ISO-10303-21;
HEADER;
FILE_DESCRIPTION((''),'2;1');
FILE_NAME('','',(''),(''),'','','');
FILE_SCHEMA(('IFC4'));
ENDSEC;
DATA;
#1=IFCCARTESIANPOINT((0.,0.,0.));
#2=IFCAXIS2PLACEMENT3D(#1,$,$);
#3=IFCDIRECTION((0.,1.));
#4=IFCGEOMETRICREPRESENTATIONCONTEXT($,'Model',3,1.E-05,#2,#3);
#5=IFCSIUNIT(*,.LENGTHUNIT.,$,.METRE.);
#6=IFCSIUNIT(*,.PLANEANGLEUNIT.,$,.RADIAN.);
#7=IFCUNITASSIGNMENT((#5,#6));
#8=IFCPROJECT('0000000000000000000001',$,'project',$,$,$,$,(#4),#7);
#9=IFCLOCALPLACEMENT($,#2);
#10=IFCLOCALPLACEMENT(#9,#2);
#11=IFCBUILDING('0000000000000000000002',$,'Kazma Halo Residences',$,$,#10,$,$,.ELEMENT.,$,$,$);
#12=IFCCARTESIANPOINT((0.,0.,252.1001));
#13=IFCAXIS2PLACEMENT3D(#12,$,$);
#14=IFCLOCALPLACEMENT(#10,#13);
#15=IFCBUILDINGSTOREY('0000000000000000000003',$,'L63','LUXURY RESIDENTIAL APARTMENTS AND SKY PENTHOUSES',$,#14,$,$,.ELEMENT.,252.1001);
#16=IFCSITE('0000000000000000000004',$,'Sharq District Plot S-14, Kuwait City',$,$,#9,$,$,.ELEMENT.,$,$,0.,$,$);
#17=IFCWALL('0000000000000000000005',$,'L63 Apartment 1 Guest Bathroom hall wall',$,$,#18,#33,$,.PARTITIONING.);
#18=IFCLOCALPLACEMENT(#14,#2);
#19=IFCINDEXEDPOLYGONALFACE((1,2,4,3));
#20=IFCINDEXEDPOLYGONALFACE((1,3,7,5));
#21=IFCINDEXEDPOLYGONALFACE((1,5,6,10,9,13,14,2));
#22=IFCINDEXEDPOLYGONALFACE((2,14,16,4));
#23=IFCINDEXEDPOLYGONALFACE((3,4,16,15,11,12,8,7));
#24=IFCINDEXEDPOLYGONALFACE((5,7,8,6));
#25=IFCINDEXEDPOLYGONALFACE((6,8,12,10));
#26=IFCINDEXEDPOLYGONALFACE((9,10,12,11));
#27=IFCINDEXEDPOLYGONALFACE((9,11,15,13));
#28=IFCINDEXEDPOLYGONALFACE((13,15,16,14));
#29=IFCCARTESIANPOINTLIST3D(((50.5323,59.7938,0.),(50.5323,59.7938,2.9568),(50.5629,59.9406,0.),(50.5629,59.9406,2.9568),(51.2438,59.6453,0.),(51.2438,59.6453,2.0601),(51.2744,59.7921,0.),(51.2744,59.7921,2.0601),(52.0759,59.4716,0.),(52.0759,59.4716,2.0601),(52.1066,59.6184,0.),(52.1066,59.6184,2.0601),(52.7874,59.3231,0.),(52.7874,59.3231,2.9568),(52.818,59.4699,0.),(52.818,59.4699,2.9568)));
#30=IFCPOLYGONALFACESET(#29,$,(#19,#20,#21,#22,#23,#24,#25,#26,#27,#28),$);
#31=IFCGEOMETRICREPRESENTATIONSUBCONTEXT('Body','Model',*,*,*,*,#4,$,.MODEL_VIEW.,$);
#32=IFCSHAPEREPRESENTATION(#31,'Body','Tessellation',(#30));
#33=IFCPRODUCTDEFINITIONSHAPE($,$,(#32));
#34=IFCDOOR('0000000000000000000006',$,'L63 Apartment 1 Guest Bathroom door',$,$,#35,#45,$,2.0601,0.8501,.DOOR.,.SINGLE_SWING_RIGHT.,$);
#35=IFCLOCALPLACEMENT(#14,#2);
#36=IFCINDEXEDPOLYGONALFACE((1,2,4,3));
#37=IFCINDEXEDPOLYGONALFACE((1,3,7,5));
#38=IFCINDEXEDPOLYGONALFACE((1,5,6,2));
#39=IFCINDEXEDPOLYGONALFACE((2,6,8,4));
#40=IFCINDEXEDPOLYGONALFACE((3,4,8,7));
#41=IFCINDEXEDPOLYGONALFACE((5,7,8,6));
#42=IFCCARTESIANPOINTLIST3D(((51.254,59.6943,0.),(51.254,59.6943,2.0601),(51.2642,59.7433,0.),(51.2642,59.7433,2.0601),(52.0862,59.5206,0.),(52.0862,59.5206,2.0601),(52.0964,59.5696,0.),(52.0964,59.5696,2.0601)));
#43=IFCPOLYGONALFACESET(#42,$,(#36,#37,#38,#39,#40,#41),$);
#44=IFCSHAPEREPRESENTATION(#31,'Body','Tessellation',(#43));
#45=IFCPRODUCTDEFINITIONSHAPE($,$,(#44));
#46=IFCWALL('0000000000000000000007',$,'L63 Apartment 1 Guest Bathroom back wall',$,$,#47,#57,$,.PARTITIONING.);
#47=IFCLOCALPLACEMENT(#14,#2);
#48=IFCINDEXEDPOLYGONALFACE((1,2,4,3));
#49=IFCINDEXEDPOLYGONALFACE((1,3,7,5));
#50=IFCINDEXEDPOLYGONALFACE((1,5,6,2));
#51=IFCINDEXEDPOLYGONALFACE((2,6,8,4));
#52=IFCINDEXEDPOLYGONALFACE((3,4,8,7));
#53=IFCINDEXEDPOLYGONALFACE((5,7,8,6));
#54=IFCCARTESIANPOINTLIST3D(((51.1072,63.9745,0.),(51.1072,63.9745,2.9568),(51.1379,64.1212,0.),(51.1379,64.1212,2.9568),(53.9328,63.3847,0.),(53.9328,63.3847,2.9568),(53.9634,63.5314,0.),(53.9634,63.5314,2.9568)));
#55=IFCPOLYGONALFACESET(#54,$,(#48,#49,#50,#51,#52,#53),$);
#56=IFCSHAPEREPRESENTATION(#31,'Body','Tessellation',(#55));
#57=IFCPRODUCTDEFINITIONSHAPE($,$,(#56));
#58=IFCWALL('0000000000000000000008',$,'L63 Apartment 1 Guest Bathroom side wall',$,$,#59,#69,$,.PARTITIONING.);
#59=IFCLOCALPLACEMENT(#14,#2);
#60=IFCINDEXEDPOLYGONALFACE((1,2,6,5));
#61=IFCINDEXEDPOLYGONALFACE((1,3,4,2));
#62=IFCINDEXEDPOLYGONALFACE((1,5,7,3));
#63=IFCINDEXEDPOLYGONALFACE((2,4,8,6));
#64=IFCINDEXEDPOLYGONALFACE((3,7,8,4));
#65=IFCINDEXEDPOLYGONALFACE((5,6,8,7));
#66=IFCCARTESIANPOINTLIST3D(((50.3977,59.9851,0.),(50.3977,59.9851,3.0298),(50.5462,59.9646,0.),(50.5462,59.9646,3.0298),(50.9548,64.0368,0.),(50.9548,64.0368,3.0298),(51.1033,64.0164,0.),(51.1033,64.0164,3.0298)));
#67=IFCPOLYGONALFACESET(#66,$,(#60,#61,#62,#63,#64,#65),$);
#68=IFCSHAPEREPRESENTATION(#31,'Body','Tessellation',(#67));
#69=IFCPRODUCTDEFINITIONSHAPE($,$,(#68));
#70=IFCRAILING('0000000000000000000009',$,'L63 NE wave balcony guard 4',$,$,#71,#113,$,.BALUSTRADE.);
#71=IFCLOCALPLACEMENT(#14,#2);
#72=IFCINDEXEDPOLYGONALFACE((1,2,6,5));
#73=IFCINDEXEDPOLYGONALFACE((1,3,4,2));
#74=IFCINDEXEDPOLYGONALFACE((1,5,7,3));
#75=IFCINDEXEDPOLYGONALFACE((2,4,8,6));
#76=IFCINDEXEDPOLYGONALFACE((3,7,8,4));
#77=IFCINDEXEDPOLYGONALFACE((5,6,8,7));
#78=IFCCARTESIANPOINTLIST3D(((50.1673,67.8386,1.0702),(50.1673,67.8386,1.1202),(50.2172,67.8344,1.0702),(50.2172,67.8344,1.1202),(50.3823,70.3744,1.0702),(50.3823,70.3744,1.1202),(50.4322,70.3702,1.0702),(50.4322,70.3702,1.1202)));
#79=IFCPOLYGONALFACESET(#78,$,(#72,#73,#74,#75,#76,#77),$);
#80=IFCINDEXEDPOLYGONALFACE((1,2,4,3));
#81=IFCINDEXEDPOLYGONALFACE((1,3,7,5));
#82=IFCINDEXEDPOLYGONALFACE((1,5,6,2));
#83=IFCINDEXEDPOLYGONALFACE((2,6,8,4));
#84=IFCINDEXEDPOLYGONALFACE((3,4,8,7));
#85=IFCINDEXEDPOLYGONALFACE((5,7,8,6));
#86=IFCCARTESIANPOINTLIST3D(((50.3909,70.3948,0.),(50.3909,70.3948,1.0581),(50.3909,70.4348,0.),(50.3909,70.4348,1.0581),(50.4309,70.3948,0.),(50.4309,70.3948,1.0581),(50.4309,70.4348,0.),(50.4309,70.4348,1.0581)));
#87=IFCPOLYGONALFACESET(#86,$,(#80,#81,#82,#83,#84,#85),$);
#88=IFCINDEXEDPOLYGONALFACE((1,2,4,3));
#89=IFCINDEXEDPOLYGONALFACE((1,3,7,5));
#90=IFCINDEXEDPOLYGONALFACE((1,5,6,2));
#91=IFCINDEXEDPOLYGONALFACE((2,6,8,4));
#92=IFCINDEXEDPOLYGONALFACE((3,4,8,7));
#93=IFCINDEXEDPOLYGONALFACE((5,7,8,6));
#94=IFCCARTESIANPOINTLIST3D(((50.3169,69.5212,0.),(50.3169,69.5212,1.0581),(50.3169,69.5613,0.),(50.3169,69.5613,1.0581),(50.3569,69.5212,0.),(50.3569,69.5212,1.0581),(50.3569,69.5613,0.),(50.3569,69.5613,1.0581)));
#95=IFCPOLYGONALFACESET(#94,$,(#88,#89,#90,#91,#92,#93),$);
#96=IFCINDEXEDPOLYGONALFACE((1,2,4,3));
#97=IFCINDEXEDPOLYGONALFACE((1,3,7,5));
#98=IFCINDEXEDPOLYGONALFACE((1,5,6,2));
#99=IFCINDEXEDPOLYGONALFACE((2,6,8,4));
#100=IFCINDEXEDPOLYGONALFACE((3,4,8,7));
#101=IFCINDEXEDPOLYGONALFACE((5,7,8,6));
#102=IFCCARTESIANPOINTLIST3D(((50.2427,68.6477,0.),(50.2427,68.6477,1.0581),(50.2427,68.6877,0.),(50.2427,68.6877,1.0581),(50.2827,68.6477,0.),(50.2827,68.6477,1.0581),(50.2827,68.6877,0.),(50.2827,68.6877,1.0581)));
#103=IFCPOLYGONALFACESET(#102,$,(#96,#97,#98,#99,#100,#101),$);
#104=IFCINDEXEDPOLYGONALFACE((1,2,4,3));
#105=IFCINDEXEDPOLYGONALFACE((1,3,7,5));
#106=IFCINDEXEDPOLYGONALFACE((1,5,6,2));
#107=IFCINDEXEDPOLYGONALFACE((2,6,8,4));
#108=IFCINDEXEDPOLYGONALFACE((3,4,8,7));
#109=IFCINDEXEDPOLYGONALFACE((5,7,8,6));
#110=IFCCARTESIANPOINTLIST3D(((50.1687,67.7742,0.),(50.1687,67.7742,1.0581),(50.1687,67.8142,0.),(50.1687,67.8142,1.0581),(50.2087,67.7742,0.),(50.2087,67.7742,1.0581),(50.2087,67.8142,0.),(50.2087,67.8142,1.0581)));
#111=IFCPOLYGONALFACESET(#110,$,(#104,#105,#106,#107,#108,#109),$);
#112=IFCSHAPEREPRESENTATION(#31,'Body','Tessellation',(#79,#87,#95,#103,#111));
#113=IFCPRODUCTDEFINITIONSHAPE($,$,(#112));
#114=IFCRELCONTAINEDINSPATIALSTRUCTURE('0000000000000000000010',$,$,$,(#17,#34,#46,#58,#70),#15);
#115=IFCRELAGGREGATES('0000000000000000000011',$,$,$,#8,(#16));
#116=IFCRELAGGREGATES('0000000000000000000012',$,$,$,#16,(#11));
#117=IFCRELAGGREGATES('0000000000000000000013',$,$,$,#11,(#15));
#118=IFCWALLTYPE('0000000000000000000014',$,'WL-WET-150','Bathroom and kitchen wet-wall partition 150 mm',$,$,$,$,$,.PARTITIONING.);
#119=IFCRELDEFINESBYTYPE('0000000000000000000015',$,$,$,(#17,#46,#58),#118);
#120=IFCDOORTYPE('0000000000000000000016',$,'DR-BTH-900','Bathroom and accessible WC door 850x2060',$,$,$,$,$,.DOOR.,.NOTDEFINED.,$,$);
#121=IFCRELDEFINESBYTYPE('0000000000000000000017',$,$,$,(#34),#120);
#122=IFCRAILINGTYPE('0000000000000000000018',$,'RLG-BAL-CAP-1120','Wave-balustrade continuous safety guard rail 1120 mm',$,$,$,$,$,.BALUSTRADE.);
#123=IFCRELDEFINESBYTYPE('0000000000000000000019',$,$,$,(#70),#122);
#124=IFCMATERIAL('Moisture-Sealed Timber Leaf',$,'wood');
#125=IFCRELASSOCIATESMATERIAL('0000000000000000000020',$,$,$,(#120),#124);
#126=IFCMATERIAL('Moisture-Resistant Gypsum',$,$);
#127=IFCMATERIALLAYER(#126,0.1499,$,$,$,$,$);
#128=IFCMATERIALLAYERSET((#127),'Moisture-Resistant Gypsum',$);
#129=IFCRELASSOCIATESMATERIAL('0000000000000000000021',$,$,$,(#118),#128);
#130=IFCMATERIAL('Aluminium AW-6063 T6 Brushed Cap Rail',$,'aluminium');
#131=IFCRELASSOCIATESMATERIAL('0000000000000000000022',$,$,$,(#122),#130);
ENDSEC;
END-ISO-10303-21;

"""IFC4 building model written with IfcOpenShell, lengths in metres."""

from ifc_helpers import new_model, si_unit, direction, frame, frame_2d, origin, origin_2d, place, context, subcontext, project, spatial, rectangle, extrude, material, layer, layer_set, type_object, element, fill, save


model = new_model("IFC4")

# Units and contexts
model_context = context("Model", 3, precision=1e-05, world=origin(), true_north=direction((0.0, 1.0)))
body_context = subcontext(model_context, "Body", "Model", "MODEL_VIEW")
ifc_project = project(units=[si_unit("LENGTHUNIT", "METRE"), si_unit("PLANEANGLEUNIT", "RADIAN")], contexts=[model_context])

# Site, building, storey
site_placement = place(None, origin())
site = spatial("IfcSite", under=ifc_project, at=site_placement, Name="Sharq District Plot S-14, Kuwait City", CompositionType="ELEMENT", RefElevation=0.0)
building_placement = place(site_placement, origin())
building = spatial("IfcBuilding", under=site, at=building_placement, Name="Kazma Halo Residences", CompositionType="ELEMENT")
storey_placement = place(building_placement, frame((0.0, 0.0, 252.1001)))
storey = spatial("IfcBuildingStorey", under=building, at=storey_placement, Name="L63", Description="LUXURY RESIDENTIAL APARTMENTS AND SKY PENTHOUSES", CompositionType="ELEMENT", Elevation=252.1001)

# Shared definitions
ifc_material_1 = material(Name="Moisture-Sealed Timber Leaf", Category="wood")
door_type = type_object("IfcDoorType", Name="DR-BTH-900", Description="Bathroom and accessible WC door 850x2060", OperationType="NOTDEFINED", PredefinedType="DOOR", material=ifc_material_1)

# Wall, opening, door
ifc_material_2 = material(Name="Moisture-Resistant Gypsum")
ifc_layer_1 = layer(ifc_material_2, 0.1499)
ifc_layer_set_1 = layer_set([ifc_layer_1], Name="Moisture-Resistant Gypsum")
wall_type_1 = type_object("IfcWallType", Name="WL-WET-150", Description="Bathroom and kitchen wet-wall partition 150 mm", PredefinedType="PARTITIONING", material=ifc_layer_set_1)
wall_1_placement = place(storey_placement, frame((52.8027, 59.3965, 0.0), z_axis=(0.0, 0.0, 1.0), x_axis=(-0.978904, 0.204322, 0.0)))
wall_1 = element("IfcWall", 1, at=wall_1_placement, inside=storey, type_object=wall_type_1, Name="L63 Apartment 1 Guest Bathroom hall wall", PredefinedType="PARTITIONING", context=body_context, shape_type="SweptSolid", body=[
    extrude(rectangle(XDim=2.3037, YDim=0.1499, at=frame_2d((1.1519, 0.0))), origin(), (0.0, 0.0, 1.0), 2.9568),
])
opening_1_placement = place(wall_1_placement, frame((0.7268, 0.0, 0.0)))
opening_1 = element("IfcOpeningElement", 2, at=opening_1_placement, cuts=wall_1, PredefinedType="OPENING", context=body_context, shape_type="SweptSolid", body=[
    extrude(rectangle(XDim=0.8501, YDim=2.0601, at=frame_2d((0.425, 1.03))), frame((0.0, 0.085, 0.0), z_axis=(0.0, -1.0, 0.0), x_axis=(1.0, 0.0, 0.0)), (0.0, 0.0, 1.0), 0.1699),
])
door_1_placement = place(opening_1_placement, origin())
door_1 = element("IfcDoor", 3, at=door_1_placement, inside=storey, type_object=door_type, Name="L63 Apartment 1 Guest Bathroom door", OperationType="SINGLE_SWING_RIGHT", OverallHeight=2.0601, OverallWidth=0.8501, PredefinedType="DOOR", context=body_context, shape_type="SweptSolid", body=[
    extrude(rectangle(XDim=0.8501, YDim=2.0601, at=frame_2d((0.425, 1.03))), frame((0.0, 0.0249, 0.0), z_axis=(0.0, -1.0, 0.0), x_axis=(1.0, 0.0, 0.0)), (0.0, 0.0, 1.0), 0.05),
])
fill(opening_1, door_1)

# Walls
wall_2_placement = place(storey_placement, frame((53.9482, 63.458, 0.0), z_axis=(0.0, 0.0, 1.0), x_axis=(-0.9789, 0.204339, 0.0)))
element("IfcWall", 4, at=wall_2_placement, inside=storey, type_object=wall_type_1, Name="L63 Apartment 1 Guest Bathroom back wall", PredefinedType="PARTITIONING", context=body_context, shape_type="SweptSolid", body=[
    extrude(rectangle(XDim=2.8865, YDim=0.1499, at=frame_2d((1.4434, 0.0))), origin(), (0.0, 0.0, 1.0), 2.9568),
])
wall_3_placement = place(storey_placement, frame((50.4719, 59.9749, 0.0), z_axis=(0.0, 0.0, 1.0), x_axis=(0.136221, 0.990678, 0.0)))
element("IfcWall", 5, at=wall_3_placement, inside=storey, type_object=wall_type_1, Name="L63 Apartment 1 Guest Bathroom side wall", PredefinedType="PARTITIONING", context=body_context, shape_type="SweptSolid", body=[
    extrude(rectangle(XDim=4.0898, YDim=0.1499, at=frame_2d((2.0449, 0.0))), origin(), (0.0, 0.0, 1.0), 3.0298),
])

# Railing
ifc_material_3 = material(Name="Aluminium AW-6063 T6 Brushed Cap Rail", Category="aluminium")
railing_type = type_object("IfcRailingType", Name="RLG-BAL-CAP-1120", Description="Wave-balustrade continuous safety guard rail 1120 mm", PredefinedType="BALUSTRADE", material=ifc_material_3)
railing_1_placement = place(storey_placement, frame((50.4109, 70.4148, 0.0)))
element("IfcRailing", 6, at=railing_1_placement, inside=storey, type_object=railing_type, Name="L63 NE wave balcony guard 4", PredefinedType="BALUSTRADE", context=body_context, shape_type="SweptSolid", body=[
    extrude(rectangle(XDim=0.05, YDim=0.05, at=origin_2d()), frame((-0.0037, -0.0425, 1.0952), z_axis=(-0.084474, -0.996426, 0.0), x_axis=(0.996426, -0.084474, 0.0)), (0.0, 0.0, 1.0), 2.5449),
    extrude(rectangle(XDim=0.04, YDim=0.04, at=origin_2d()), origin(), (0.0, 0.0, 1.0), 1.0581),
    extrude(rectangle(XDim=0.04, YDim=0.04, at=origin_2d()), frame((-0.074, -0.8735, 0.0)), (0.0, 0.0, 1.0), 1.0581),
    extrude(rectangle(XDim=0.04, YDim=0.04, at=origin_2d()), frame((-0.1482, -1.7471, 0.0)), (0.0, 0.0, 1.0), 1.0581),
    extrude(rectangle(XDim=0.04, YDim=0.04, at=origin_2d()), frame((-0.2222, -2.6206, 0.0)), (0.0, 0.0, 1.0), 1.0581),
])

save(model, "model.ifc")
